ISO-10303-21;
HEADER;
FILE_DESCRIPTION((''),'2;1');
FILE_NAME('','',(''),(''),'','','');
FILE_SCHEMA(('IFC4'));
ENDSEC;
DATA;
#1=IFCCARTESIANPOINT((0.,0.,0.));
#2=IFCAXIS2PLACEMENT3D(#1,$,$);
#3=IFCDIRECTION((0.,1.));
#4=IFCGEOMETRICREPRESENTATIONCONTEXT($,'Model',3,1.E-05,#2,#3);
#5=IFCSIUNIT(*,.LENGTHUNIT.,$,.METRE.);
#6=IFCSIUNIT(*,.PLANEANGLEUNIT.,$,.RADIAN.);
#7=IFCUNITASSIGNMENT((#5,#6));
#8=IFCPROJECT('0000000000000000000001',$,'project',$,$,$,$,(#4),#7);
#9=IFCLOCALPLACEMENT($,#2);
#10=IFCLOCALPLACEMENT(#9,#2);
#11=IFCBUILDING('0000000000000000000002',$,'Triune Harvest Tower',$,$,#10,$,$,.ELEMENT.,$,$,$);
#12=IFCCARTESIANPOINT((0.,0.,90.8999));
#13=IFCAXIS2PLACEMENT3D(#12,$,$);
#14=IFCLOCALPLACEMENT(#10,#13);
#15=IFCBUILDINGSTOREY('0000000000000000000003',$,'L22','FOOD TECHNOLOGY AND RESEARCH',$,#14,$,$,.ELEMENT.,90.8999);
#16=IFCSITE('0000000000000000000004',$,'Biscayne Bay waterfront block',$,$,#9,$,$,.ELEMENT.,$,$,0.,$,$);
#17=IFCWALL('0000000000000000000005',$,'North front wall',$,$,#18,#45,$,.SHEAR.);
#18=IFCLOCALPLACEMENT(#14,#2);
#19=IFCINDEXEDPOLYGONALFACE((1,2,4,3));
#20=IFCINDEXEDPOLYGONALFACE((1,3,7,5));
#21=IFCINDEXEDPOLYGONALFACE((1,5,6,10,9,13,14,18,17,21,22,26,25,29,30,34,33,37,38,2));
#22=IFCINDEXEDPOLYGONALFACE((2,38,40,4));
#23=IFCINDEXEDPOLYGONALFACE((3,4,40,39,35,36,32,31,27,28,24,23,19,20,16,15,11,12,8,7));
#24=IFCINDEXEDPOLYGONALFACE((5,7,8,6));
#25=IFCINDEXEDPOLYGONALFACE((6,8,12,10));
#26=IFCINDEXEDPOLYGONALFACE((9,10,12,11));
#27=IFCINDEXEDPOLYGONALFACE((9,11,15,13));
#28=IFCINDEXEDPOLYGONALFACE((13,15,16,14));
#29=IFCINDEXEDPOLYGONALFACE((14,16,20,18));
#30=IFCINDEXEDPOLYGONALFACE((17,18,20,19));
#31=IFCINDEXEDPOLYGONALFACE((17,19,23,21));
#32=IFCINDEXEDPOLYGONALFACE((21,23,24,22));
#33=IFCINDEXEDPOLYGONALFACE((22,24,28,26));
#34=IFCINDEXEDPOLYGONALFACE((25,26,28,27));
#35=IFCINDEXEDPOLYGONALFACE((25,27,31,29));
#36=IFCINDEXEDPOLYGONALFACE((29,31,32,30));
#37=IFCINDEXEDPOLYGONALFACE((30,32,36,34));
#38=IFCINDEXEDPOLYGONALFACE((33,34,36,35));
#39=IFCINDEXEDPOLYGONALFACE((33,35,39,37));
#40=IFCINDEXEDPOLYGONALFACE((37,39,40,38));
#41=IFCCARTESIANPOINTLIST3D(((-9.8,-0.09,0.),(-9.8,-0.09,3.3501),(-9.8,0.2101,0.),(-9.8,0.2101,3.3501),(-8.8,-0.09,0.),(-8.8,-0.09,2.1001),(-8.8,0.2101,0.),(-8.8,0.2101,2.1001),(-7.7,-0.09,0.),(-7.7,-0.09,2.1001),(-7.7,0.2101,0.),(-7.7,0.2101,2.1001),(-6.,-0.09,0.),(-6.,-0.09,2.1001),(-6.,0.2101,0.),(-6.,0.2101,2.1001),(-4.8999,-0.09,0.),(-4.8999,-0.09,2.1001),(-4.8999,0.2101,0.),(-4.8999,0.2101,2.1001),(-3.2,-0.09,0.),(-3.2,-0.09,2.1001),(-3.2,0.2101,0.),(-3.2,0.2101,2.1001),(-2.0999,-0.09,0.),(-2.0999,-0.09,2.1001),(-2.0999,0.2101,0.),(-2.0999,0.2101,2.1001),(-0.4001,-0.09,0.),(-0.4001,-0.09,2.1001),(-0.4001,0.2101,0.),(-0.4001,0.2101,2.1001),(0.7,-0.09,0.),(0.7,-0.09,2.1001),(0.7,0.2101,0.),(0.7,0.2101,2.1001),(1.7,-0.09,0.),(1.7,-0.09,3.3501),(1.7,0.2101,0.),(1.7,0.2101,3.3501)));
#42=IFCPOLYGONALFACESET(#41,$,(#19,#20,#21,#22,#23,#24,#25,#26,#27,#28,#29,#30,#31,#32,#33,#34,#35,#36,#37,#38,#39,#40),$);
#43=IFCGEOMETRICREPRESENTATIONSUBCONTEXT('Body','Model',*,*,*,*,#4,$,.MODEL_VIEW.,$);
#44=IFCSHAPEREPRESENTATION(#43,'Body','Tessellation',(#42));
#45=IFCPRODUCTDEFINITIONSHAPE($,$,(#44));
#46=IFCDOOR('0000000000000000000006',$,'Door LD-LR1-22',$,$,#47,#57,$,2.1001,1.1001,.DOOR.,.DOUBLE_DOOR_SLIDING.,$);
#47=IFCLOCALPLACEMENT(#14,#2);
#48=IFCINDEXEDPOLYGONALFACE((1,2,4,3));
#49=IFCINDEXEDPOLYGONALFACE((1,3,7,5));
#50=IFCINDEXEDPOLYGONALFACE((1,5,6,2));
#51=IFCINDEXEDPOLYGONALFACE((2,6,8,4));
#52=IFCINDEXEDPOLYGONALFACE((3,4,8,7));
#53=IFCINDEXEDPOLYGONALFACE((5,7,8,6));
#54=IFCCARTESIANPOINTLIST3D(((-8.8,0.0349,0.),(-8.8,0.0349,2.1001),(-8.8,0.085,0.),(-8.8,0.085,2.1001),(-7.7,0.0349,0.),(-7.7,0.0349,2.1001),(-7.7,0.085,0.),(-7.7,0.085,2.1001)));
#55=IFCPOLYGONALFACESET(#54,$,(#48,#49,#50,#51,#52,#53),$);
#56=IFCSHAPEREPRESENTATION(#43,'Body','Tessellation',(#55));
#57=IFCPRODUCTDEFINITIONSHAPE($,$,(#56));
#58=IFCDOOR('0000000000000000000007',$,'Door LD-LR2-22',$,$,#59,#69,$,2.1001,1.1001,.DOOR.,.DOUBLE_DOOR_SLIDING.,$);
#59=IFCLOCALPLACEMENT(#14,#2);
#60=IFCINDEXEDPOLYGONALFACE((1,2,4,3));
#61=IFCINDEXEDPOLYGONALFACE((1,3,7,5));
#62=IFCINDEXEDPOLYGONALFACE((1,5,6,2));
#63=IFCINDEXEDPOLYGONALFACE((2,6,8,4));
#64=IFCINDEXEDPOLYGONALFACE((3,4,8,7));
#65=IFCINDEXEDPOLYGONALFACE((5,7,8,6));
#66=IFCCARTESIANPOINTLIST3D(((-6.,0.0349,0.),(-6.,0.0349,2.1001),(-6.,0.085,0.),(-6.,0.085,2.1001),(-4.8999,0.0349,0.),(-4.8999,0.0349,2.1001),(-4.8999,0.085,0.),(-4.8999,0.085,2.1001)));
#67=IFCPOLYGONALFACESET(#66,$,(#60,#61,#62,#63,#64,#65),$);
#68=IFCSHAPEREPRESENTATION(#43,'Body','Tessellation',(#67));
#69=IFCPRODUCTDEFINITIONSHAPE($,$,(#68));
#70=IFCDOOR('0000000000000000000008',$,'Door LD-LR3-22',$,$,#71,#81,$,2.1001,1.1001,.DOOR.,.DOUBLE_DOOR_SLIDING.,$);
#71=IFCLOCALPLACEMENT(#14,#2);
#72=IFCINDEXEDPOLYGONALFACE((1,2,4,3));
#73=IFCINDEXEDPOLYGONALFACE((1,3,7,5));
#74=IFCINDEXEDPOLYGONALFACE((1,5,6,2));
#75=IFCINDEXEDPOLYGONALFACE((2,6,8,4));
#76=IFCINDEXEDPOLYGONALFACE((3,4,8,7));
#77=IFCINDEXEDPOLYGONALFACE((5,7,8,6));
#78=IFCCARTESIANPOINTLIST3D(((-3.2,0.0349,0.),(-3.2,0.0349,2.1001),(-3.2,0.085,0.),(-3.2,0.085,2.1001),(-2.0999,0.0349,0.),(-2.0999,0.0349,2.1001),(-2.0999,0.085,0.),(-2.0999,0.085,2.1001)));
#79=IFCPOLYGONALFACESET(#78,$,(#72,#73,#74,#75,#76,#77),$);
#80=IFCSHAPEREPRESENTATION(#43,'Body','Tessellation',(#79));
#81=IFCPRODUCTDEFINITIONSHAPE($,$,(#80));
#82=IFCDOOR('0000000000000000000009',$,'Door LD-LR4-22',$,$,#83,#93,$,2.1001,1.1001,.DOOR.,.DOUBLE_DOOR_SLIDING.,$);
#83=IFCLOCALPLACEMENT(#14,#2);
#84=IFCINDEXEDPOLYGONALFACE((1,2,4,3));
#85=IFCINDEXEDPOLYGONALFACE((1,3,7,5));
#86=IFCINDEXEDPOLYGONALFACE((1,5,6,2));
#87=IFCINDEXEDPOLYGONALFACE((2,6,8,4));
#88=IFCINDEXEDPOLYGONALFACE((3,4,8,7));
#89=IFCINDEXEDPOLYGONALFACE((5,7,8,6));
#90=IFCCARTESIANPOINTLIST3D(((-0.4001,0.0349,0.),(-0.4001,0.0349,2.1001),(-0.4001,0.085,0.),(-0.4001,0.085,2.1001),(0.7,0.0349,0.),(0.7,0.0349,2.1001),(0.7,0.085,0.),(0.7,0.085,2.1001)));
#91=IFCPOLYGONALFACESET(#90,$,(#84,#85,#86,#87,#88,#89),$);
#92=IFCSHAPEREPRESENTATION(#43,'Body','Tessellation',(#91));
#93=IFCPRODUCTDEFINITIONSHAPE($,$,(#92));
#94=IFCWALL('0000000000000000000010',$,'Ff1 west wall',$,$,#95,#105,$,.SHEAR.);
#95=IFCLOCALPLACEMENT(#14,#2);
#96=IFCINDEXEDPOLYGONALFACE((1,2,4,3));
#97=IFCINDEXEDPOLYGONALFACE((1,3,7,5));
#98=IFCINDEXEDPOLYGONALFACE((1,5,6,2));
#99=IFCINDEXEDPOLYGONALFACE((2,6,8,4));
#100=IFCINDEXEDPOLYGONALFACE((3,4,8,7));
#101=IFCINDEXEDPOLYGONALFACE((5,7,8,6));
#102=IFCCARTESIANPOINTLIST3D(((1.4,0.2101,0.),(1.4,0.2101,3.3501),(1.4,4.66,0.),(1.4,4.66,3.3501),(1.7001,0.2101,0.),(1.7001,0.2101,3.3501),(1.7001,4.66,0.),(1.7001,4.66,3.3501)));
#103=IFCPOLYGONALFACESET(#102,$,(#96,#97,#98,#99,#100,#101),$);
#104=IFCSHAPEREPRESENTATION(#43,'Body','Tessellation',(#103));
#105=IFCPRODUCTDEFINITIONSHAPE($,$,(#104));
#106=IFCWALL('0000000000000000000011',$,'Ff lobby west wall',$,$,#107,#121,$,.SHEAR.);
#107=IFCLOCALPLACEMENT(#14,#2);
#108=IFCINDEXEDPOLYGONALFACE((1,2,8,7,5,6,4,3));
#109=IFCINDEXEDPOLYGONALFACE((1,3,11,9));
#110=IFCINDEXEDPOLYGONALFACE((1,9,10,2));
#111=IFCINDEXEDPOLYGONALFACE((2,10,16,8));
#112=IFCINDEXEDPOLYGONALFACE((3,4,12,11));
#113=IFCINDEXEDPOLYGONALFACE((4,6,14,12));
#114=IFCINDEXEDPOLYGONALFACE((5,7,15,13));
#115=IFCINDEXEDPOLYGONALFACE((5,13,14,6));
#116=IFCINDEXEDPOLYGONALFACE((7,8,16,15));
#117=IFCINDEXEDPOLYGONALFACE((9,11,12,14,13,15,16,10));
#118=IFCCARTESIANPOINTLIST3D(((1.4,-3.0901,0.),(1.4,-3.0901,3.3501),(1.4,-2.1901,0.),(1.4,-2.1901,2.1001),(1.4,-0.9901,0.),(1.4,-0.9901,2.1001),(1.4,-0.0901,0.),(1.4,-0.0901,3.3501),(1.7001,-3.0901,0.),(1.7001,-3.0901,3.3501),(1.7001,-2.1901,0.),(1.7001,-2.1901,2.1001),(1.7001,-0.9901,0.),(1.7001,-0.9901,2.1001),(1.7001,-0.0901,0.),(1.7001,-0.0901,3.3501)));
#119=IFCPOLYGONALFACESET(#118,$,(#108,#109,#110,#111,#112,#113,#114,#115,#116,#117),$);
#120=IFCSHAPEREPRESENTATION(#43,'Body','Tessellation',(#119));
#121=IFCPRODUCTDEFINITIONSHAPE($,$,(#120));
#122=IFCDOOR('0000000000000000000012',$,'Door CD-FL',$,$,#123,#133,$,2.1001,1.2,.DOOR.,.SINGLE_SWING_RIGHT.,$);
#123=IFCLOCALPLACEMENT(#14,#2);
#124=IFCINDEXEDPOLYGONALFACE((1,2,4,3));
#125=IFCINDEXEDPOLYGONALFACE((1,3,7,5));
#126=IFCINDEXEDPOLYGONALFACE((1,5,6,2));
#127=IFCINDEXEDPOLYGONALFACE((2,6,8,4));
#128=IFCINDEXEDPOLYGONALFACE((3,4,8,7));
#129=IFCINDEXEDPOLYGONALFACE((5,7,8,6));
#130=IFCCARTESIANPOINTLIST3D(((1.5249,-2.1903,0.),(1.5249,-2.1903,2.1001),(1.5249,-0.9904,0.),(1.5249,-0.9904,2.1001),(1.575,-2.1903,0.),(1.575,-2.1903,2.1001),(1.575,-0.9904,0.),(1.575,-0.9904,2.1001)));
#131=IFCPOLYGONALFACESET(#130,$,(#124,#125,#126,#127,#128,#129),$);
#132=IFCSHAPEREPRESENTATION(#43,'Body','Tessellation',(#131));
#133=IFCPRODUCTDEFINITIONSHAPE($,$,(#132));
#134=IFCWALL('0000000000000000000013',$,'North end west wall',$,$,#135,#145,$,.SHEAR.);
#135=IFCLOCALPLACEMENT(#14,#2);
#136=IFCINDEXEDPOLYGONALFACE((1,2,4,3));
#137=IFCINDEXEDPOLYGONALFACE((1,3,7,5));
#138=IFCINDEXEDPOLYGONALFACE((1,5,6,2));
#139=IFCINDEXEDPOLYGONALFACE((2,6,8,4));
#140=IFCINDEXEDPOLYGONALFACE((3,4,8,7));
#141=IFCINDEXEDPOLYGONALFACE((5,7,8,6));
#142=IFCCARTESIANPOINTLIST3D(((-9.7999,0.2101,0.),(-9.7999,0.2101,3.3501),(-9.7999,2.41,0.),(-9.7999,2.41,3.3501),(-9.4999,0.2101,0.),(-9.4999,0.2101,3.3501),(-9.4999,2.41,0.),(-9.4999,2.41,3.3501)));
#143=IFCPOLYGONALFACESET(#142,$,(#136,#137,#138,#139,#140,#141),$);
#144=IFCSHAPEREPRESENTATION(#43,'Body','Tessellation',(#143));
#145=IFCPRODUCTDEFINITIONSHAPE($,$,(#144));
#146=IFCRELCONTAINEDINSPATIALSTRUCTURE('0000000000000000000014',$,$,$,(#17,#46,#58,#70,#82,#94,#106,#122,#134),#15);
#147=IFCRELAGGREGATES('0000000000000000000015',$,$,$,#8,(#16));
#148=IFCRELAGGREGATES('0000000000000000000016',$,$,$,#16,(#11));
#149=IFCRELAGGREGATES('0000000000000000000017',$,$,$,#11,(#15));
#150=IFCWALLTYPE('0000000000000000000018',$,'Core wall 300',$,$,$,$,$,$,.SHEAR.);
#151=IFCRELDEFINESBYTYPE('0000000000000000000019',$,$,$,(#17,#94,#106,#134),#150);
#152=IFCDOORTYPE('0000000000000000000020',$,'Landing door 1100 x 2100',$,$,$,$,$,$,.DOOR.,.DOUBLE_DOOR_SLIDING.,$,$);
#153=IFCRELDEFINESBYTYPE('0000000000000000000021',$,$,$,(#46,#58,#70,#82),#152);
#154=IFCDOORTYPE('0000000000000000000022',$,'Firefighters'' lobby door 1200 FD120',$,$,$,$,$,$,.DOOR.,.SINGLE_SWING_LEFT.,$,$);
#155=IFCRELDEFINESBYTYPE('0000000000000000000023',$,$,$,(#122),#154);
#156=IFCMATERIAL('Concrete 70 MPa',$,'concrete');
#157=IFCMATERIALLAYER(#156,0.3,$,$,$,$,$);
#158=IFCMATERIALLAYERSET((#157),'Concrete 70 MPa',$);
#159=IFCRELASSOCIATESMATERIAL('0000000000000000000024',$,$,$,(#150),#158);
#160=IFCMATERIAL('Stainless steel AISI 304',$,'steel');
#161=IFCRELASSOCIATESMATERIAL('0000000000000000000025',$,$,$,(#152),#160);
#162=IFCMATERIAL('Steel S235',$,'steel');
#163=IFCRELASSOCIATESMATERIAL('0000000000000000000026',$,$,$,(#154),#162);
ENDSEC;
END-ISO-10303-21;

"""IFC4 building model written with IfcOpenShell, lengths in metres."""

from ifc_helpers import new_model, si_unit, direction, frame, frame_2d, origin, place, context, subcontext, project, spatial, rectangle, extrude, source, transform, mapped, material, layer, layer_set, type_object, element, fill, save


model = new_model("IFC4")

# Units and contexts
model_context = context("Model", 3, precision=1e-05, world=origin(), true_north=direction((0.0, 1.0)))
body_context = subcontext(model_context, "Body", "Model", "MODEL_VIEW")
ifc_project = project(units=[si_unit("LENGTHUNIT", "METRE"), si_unit("PLANEANGLEUNIT", "RADIAN")], contexts=[model_context])

# Site, building, storey
site_placement = place(None, origin())
site = spatial("IfcSite", under=ifc_project, at=site_placement, Name="Biscayne Bay waterfront block", CompositionType="ELEMENT", RefElevation=0.0)
building_placement = place(site_placement, origin())
building = spatial("IfcBuilding", under=site, at=building_placement, Name="Triune Harvest Tower", CompositionType="ELEMENT")
storey_placement = place(building_placement, frame((0.0, 0.0, 90.8999)))
storey = spatial("IfcBuildingStorey", under=building, at=storey_placement, Name="L22", Description="FOOD TECHNOLOGY AND RESEARCH", CompositionType="ELEMENT", Elevation=90.8999)

# Wall, openings, doors
ifc_material_1 = material(Name="Concrete 70 MPa", Category="concrete")
ifc_layer_1 = layer(ifc_material_1, 0.3)
ifc_layer_set_1 = layer_set([ifc_layer_1], Name="Concrete 70 MPa")
wall_type_1 = type_object("IfcWallType", Name="Core wall 300", PredefinedType="SHEAR", material=ifc_layer_set_1)
shared_shape_1 = source(origin(), body_context, "Body", "SweptSolid", [
    extrude(rectangle(XDim=11.5, YDim=0.3, at=frame_2d((5.75, 0.0))), origin(), (0.0, 0.0, 1.0), 3.3501),
])
wall_1_placement = place(storey_placement, frame((-9.8, 0.0601, 0.0), z_axis=(0.0, 0.0, 1.0), x_axis=(1.0, 0.0, 0.0)))
wall_1 = element("IfcWall", 1, at=wall_1_placement, inside=storey, type_object=wall_type_1, Name="North front wall", PredefinedType="SHEAR", context=body_context, shape_type="MappedRepresentation", body=[
    mapped(shared_shape_1, transform((0.0, 0.0, 0.0), scale=1.0)),
])
opening_1_placement = place(wall_1_placement, frame((1.0, 0.0, 0.0)))
opening_1 = element("IfcOpeningElement", 2, at=opening_1_placement, cuts=wall_1, PredefinedType="OPENING", context=body_context, shape_type="SweptSolid", body=[
    extrude(rectangle(XDim=1.1001, YDim=2.1001, at=frame_2d((0.55, 1.05))), frame((0.0, 0.1602, 0.0), z_axis=(0.0, -1.0, 0.0), x_axis=(1.0, 0.0, 0.0)), (0.0, 0.0, 1.0), 0.3201),
])
opening_2_placement = place(wall_1_placement, frame((3.8, 0.0, 0.0)))
opening_2 = element("IfcOpeningElement", 3, at=opening_2_placement, cuts=wall_1, PredefinedType="OPENING", context=body_context, shape_type="SweptSolid", body=[
    extrude(rectangle(XDim=1.1001, YDim=2.1001, at=frame_2d((0.55, 1.05))), frame((0.0, 0.1602, 0.0), z_axis=(0.0, -1.0, 0.0), x_axis=(1.0, 0.0, 0.0)), (0.0, 0.0, 1.0), 0.3201),
])
opening_3_placement = place(wall_1_placement, frame((6.6001, 0.0, 0.0)))
opening_3 = element("IfcOpeningElement", 4, at=opening_3_placement, cuts=wall_1, PredefinedType="OPENING", context=body_context, shape_type="SweptSolid", body=[
    extrude(rectangle(XDim=1.1001, YDim=2.1001, at=frame_2d((0.55, 1.05))), frame((0.0, 0.1602, 0.0), z_axis=(0.0, -1.0, 0.0), x_axis=(1.0, 0.0, 0.0)), (0.0, 0.0, 1.0), 0.3201),
])
opening_4_placement = place(wall_1_placement, frame((9.3999, 0.0, 0.0)))
opening_4 = element("IfcOpeningElement", 5, at=opening_4_placement, cuts=wall_1, PredefinedType="OPENING", context=body_context, shape_type="SweptSolid", body=[
    extrude(rectangle(XDim=1.1001, YDim=2.1001, at=frame_2d((0.55, 1.05))), frame((0.0, 0.1602, 0.0), z_axis=(0.0, -1.0, 0.0), x_axis=(1.0, 0.0, 0.0)), (0.0, 0.0, 1.0), 0.3201),
])
ifc_material_2 = material(Name="Stainless steel AISI 304", Category="steel")
door_type_1 = type_object("IfcDoorType", Name="Landing door 1100 x 2100", OperationType="DOUBLE_DOOR_SLIDING", PredefinedType="DOOR", material=ifc_material_2)
door_1_placement = place(opening_1_placement, origin())
door_1 = element("IfcDoor", 6, at=door_1_placement, inside=storey, type_object=door_type_1, Name="Door LD-LR1-22", OperationType="DOUBLE_DOOR_SLIDING", OverallHeight=2.1001, OverallWidth=1.1001, PredefinedType="DOOR", context=body_context, shape_type="SweptSolid", body=[
    extrude(rectangle(XDim=1.1001, YDim=2.1001, at=frame_2d((0.55, 1.05))), frame((0.0, 0.0249, 0.0), z_axis=(0.0, -1.0, 0.0), x_axis=(1.0, 0.0, 0.0)), (0.0, 0.0, 1.0), 0.05),
])
fill(opening_1, door_1)
door_2_placement = place(opening_2_placement, origin())
door_2 = element("IfcDoor", 7, at=door_2_placement, inside=storey, type_object=door_type_1, Name="Door LD-LR2-22", OperationType="DOUBLE_DOOR_SLIDING", OverallHeight=2.1001, OverallWidth=1.1001, PredefinedType="DOOR", context=body_context, shape_type="SweptSolid", body=[
    extrude(rectangle(XDim=1.1001, YDim=2.1001, at=frame_2d((0.55, 1.05))), frame((0.0, 0.0249, 0.0), z_axis=(0.0, -1.0, 0.0), x_axis=(1.0, 0.0, 0.0)), (0.0, 0.0, 1.0), 0.05),
])
fill(opening_2, door_2)
door_3_placement = place(opening_3_placement, origin())
door_3 = element("IfcDoor", 8, at=door_3_placement, inside=storey, type_object=door_type_1, Name="Door LD-LR3-22", OperationType="DOUBLE_DOOR_SLIDING", OverallHeight=2.1001, OverallWidth=1.1001, PredefinedType="DOOR", context=body_context, shape_type="SweptSolid", body=[
    extrude(rectangle(XDim=1.1001, YDim=2.1001, at=frame_2d((0.55, 1.05))), frame((0.0, 0.0249, 0.0), z_axis=(0.0, -1.0, 0.0), x_axis=(1.0, 0.0, 0.0)), (0.0, 0.0, 1.0), 0.05),
])
fill(opening_3, door_3)
door_4_placement = place(opening_4_placement, origin())
door_4 = element("IfcDoor", 9, at=door_4_placement, inside=storey, type_object=door_type_1, Name="Door LD-LR4-22", OperationType="DOUBLE_DOOR_SLIDING", OverallHeight=2.1001, OverallWidth=1.1001, PredefinedType="DOOR", context=body_context, shape_type="SweptSolid", body=[
    extrude(rectangle(XDim=1.1001, YDim=2.1001, at=frame_2d((0.55, 1.05))), frame((0.0, 0.0249, 0.0), z_axis=(0.0, -1.0, 0.0), x_axis=(1.0, 0.0, 0.0)), (0.0, 0.0, 1.0), 0.05),
])
fill(opening_4, door_4)

# Wall
shared_shape_2 = source(origin(), body_context, "Body", "SweptSolid", [
    extrude(rectangle(XDim=4.45, YDim=0.3, at=frame_2d((2.2251, 0.0))), origin(), (0.0, 0.0, 1.0), 3.3501),
])
wall_2_placement = place(storey_placement, frame((1.55, 0.21, 0.0), z_axis=(0.0, 0.0, 1.0), x_axis=(0.0, 1.0, 0.0)))
element("IfcWall", 10, at=wall_2_placement, inside=storey, type_object=wall_type_1, Name="Ff1 west wall", PredefinedType="SHEAR", context=body_context, shape_type="MappedRepresentation", body=[
    mapped(shared_shape_2, transform((0.0, 0.0, 0.0), scale=1.0)),
])

# Wall, opening, door
shared_shape_3 = source(origin(), body_context, "Body", "SweptSolid", [
    extrude(rectangle(XDim=3.0, YDim=0.3, at=frame_2d((1.5, 0.0))), origin(), (0.0, 0.0, 1.0), 3.3501),
])
wall_3_placement = place(storey_placement, frame((1.55, -3.0901, 0.0), z_axis=(0.0, 0.0, 1.0), x_axis=(0.0, 1.0, 0.0)))
wall_3 = element("IfcWall", 11, at=wall_3_placement, inside=storey, type_object=wall_type_1, Name="Ff lobby west wall", PredefinedType="SHEAR", context=body_context, shape_type="MappedRepresentation", body=[
    mapped(shared_shape_3, transform((0.0, 0.0, 0.0), scale=1.0)),
])
opening_5_placement = place(wall_3_placement, frame((0.8999, 0.0, 0.0)))
opening_5 = element("IfcOpeningElement", 12, at=opening_5_placement, cuts=wall_3, PredefinedType="OPENING", context=body_context, shape_type="SweptSolid", body=[
    extrude(rectangle(XDim=1.2, YDim=2.1001, at=frame_2d((0.6001, 1.05))), frame((0.0, 0.1602, 0.0), z_axis=(0.0, -1.0, 0.0), x_axis=(1.0, 0.0, 0.0)), (0.0, 0.0, 1.0), 0.3201),
])
ifc_material_3 = material(Name="Steel S235", Category="steel")
door_type_2 = type_object("IfcDoorType", Name="Firefighters' lobby door 1200 FD120", OperationType="SINGLE_SWING_LEFT", PredefinedType="DOOR", material=ifc_material_3)
door_5_placement = place(opening_5_placement, frame((1.2, 0.0, 0.0), z_axis=(0.0, 0.0, 1.0), x_axis=(-1.0, 0.0, 0.0)))
door_5 = element("IfcDoor", 13, at=door_5_placement, inside=storey, type_object=door_type_2, Name="Door CD-FL", OperationType="SINGLE_SWING_RIGHT", OverallHeight=2.1001, OverallWidth=1.2, PredefinedType="DOOR", context=body_context, shape_type="SweptSolid", body=[
    extrude(rectangle(XDim=1.2, YDim=2.1001, at=frame_2d((0.6001, 1.05))), frame((0.0, 0.0249, 0.0), z_axis=(0.0, -1.0, 0.0), x_axis=(1.0, 0.0, 0.0)), (0.0, 0.0, 1.0), 0.05),
])
fill(opening_5, door_5)

# Wall
shared_shape_4 = source(origin(), body_context, "Body", "SweptSolid", [
    extrude(rectangle(XDim=2.2, YDim=0.3, at=frame_2d((1.1001, 0.0))), origin(), (0.0, 0.0, 1.0), 3.3501),
])
wall_4_placement = place(storey_placement, frame((-9.6499, 0.21, 0.0), z_axis=(0.0, 0.0, 1.0), x_axis=(0.0, 1.0, 0.0)))
element("IfcWall", 14, at=wall_4_placement, inside=storey, type_object=wall_type_1, Name="North end west wall", PredefinedType="SHEAR", context=body_context, shape_type="MappedRepresentation", body=[
    mapped(shared_shape_4, transform((0.0, 0.0, 0.0), scale=1.0)),
])

save(model, "model.ifc")
